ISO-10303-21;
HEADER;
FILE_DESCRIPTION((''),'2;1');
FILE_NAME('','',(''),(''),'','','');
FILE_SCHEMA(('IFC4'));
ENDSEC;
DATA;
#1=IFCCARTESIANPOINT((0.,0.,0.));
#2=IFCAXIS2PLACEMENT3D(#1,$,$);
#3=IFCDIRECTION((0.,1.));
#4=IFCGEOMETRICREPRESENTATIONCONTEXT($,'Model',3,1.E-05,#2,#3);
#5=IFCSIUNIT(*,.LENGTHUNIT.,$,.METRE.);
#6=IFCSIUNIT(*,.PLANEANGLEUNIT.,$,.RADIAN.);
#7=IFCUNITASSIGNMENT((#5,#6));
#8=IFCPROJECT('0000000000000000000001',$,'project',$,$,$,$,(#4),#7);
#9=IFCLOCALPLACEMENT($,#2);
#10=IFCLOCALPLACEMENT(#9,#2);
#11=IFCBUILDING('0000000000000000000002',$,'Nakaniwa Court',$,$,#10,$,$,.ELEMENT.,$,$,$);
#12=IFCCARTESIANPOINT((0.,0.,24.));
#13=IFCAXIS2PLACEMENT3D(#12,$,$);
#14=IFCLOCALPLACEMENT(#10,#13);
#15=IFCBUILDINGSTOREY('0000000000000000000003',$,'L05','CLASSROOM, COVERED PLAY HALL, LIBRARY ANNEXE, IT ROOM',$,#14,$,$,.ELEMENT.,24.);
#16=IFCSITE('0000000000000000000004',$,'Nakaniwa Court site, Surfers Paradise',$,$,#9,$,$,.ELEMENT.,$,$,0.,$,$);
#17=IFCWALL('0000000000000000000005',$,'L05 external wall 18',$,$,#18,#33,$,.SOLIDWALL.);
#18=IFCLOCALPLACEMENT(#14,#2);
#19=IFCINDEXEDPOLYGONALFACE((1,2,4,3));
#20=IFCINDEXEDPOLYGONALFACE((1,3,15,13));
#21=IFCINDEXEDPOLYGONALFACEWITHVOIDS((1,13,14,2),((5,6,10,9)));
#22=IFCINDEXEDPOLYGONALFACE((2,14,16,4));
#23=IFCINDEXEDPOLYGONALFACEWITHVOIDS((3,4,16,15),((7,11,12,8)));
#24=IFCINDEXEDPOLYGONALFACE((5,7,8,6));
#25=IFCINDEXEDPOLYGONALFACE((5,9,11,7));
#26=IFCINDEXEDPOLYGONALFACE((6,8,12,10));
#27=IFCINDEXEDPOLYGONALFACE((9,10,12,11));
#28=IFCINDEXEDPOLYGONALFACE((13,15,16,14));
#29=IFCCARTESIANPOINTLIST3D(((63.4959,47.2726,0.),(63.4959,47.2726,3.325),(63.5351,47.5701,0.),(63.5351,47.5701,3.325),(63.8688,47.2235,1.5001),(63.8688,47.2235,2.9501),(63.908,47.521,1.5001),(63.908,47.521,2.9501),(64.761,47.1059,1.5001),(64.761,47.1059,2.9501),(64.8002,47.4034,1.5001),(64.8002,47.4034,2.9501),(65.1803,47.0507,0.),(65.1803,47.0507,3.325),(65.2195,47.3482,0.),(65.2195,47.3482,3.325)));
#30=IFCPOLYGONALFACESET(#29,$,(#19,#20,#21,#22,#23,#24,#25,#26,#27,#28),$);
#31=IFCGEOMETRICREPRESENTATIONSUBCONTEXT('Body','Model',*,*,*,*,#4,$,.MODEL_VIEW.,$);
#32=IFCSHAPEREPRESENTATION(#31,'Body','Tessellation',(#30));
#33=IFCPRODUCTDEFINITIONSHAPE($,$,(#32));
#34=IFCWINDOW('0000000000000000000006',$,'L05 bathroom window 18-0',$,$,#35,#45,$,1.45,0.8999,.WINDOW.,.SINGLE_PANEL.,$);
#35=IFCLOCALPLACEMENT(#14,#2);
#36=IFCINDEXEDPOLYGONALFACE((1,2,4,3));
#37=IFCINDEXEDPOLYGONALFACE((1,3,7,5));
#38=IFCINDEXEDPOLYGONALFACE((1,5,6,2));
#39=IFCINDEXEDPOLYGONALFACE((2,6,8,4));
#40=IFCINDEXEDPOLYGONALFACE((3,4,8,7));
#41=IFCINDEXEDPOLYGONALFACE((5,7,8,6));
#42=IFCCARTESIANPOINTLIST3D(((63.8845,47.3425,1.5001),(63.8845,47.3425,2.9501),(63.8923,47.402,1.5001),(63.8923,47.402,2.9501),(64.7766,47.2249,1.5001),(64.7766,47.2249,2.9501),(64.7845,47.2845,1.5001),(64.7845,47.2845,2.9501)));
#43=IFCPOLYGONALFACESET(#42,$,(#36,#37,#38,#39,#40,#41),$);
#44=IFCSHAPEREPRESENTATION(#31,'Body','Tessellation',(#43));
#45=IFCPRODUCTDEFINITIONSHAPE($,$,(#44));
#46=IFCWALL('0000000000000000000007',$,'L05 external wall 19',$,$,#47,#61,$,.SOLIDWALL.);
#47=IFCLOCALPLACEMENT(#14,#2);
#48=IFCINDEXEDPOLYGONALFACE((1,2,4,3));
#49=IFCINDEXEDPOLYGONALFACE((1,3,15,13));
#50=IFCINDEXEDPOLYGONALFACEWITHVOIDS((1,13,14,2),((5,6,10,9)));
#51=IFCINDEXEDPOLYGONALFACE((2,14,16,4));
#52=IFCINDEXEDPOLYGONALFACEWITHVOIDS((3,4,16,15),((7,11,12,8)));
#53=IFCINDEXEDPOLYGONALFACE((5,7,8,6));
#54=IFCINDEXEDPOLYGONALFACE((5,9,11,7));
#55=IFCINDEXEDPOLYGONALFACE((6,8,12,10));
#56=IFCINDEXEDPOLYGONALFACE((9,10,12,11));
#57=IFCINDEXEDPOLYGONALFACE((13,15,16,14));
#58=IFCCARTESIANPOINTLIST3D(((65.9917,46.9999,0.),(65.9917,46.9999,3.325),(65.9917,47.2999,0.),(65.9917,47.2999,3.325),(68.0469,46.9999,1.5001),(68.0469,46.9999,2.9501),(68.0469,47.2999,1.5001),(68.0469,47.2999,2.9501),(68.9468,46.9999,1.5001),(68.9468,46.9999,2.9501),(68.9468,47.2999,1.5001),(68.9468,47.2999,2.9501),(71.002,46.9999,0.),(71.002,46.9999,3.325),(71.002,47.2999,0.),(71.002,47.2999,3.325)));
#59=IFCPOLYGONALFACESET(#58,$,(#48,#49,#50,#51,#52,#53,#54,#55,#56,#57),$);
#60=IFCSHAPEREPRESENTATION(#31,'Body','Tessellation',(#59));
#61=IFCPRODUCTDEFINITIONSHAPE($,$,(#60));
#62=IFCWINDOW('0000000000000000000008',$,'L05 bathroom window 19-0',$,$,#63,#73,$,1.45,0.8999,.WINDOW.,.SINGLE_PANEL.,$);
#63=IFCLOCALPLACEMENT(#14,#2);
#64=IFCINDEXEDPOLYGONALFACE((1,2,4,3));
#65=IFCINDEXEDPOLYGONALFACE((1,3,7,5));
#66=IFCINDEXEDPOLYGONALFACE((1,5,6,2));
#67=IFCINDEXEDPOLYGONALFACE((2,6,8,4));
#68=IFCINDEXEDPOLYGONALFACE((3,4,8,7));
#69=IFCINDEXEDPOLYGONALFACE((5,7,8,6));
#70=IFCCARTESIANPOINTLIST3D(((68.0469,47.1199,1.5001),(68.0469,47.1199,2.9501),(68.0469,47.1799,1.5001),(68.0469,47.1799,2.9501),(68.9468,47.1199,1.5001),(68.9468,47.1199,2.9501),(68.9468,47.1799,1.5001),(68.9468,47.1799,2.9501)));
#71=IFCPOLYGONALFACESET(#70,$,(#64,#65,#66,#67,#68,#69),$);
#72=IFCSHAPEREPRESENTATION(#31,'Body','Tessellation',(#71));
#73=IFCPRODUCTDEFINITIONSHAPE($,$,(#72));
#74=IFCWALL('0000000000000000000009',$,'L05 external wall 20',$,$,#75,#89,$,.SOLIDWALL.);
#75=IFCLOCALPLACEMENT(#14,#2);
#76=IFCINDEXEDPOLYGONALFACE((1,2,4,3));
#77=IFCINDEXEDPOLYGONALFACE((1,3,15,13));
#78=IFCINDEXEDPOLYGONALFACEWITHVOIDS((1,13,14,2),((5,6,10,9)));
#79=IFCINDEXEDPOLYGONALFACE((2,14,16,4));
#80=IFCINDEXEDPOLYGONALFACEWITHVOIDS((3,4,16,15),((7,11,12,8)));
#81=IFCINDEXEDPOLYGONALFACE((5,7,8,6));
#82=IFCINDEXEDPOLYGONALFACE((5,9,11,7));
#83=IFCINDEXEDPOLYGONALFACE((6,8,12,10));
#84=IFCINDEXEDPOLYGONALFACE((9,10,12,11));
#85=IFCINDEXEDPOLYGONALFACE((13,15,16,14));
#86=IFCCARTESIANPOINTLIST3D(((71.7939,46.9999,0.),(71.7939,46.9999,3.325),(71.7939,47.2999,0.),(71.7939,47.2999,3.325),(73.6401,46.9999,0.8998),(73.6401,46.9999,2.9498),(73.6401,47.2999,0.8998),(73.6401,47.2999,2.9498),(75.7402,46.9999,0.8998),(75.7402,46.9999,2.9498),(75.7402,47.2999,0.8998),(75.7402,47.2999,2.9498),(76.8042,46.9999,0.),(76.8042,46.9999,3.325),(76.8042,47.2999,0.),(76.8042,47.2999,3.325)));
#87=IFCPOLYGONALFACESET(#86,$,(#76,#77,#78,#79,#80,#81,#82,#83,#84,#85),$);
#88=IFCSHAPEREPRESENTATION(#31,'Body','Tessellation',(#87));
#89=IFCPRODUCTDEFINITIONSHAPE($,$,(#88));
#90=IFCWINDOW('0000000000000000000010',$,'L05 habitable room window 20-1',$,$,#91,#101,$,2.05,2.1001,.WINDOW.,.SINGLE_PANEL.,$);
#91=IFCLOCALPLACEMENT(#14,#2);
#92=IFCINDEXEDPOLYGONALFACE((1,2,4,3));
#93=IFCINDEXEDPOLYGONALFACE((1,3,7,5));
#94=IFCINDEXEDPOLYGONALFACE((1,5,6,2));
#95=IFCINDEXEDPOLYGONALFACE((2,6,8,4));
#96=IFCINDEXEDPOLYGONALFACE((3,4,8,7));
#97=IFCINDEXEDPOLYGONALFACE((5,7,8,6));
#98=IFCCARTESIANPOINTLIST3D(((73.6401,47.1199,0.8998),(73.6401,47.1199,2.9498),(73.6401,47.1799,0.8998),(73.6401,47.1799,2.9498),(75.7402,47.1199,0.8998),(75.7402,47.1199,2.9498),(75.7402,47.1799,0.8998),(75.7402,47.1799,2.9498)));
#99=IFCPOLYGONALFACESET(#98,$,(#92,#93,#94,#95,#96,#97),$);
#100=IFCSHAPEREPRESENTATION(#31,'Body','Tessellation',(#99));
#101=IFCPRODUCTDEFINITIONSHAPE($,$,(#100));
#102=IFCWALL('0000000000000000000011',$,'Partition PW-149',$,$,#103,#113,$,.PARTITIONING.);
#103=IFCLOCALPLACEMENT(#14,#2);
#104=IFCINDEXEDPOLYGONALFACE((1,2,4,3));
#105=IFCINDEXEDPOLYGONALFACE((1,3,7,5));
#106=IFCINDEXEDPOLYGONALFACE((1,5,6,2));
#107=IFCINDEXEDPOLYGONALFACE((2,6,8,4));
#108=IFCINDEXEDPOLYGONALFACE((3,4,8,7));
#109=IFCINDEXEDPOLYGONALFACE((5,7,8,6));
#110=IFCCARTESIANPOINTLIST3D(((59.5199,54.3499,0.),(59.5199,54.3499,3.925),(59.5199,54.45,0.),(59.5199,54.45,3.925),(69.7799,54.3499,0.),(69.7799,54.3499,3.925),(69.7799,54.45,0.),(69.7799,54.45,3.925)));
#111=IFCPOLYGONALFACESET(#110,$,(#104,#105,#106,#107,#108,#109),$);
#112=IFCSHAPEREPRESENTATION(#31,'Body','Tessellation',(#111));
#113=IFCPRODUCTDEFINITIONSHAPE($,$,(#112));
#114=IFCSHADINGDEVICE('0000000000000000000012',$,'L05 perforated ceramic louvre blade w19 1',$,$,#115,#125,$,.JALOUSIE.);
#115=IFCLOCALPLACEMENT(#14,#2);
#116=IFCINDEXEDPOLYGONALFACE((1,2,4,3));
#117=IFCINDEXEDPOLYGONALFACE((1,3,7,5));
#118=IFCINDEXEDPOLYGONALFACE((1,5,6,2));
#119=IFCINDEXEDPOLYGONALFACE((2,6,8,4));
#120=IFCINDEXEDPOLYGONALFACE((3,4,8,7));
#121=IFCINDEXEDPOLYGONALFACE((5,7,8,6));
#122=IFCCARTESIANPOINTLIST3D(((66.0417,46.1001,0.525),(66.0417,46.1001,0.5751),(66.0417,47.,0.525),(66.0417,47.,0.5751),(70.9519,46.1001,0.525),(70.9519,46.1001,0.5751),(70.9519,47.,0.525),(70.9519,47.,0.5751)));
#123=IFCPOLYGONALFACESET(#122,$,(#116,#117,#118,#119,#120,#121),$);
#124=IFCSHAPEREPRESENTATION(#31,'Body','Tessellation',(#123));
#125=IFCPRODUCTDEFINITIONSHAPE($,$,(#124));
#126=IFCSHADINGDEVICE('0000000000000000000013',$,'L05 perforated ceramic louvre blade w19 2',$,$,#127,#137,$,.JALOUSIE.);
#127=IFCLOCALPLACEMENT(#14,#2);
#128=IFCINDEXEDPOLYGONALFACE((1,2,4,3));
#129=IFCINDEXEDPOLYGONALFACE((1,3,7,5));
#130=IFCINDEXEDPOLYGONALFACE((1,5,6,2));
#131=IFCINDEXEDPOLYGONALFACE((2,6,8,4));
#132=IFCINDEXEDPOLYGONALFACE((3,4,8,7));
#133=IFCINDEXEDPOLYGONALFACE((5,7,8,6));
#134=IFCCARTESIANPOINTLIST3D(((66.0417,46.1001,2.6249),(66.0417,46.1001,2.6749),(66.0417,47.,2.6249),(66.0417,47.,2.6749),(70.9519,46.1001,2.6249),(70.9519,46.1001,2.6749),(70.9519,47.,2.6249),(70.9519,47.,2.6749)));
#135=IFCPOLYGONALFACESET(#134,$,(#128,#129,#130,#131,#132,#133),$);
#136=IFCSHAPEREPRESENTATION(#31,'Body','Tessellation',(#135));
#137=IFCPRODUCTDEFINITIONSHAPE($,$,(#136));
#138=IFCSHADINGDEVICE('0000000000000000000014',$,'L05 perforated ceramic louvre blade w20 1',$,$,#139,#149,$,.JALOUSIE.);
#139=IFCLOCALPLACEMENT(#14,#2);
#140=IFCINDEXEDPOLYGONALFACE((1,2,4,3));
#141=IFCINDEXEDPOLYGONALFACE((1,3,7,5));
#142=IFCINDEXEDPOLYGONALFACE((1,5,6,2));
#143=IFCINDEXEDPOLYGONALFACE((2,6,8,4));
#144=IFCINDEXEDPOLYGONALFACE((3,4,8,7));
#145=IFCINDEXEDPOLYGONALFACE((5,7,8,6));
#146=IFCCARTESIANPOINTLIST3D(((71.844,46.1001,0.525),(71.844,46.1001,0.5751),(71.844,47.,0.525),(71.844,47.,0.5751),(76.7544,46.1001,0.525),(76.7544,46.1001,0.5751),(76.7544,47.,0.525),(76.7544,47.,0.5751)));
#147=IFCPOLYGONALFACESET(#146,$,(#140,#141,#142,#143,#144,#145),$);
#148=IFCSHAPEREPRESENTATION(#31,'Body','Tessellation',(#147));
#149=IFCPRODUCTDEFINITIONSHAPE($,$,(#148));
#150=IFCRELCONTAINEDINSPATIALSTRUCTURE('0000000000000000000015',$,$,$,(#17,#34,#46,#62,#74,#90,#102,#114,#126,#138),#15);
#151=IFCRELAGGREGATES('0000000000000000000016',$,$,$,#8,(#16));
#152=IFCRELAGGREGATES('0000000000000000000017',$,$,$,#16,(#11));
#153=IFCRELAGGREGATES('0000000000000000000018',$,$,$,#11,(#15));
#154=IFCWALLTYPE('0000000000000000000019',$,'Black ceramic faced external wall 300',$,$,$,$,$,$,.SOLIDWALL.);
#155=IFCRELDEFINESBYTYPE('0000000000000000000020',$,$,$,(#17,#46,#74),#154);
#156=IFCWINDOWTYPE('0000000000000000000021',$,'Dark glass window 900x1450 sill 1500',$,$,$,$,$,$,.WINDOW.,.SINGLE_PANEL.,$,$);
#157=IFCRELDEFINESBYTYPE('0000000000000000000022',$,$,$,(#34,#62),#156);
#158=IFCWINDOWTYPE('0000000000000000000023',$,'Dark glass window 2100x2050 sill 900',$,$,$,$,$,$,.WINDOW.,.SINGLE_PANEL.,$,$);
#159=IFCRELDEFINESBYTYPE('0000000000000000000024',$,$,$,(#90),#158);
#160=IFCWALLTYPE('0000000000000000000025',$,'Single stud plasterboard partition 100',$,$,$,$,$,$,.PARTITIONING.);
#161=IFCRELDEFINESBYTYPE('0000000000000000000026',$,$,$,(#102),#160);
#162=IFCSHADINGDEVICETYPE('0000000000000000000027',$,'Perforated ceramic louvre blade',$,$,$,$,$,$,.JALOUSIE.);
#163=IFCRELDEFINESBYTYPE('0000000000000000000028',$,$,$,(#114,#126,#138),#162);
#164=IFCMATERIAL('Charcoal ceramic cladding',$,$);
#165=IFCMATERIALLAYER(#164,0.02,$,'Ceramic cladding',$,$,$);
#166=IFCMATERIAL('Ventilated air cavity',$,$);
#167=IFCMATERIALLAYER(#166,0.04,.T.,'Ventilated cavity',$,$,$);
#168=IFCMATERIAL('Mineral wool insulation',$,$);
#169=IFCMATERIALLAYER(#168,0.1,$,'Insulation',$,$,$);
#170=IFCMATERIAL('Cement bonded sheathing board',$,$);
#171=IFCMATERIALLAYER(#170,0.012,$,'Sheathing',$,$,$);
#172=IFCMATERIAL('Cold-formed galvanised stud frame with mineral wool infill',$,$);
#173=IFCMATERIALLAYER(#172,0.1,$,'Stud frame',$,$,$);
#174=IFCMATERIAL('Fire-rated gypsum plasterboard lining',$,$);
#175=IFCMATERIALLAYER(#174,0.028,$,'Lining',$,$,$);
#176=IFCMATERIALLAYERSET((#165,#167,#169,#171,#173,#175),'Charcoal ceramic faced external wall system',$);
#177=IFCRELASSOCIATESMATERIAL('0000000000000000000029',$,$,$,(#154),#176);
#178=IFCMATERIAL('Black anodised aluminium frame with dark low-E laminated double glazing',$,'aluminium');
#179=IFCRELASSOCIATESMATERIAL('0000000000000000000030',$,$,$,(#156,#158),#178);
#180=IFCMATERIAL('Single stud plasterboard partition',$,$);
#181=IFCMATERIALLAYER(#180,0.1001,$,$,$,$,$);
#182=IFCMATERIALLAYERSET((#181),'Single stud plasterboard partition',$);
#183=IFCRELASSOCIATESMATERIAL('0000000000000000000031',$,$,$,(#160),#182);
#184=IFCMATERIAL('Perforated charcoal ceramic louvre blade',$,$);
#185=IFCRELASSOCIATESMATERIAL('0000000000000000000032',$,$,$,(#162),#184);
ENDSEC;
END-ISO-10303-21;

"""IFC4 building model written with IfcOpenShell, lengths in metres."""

from ifc_helpers import new_model, si_unit, direction, frame, frame_2d, origin, origin_2d, place, context, subcontext, project, spatial, rectangle, extrude, material, layer, layer_set, material_profile, profile_set, type_object, element, fill, save


model = new_model("IFC4")

# Units and contexts
model_context = context("Model", 3, precision=1e-05, world=origin(), true_north=direction((0.0, 1.0)))
body_context = subcontext(model_context, "Body", "Model", "MODEL_VIEW")
ifc_project = project(units=[si_unit("LENGTHUNIT", "METRE"), si_unit("PLANEANGLEUNIT", "RADIAN")], contexts=[model_context])

# Site, building, storey
site_placement = place(None, origin())
site = spatial("IfcSite", under=ifc_project, at=site_placement, Name="Nakaniwa Court site, Surfers Paradise", CompositionType="ELEMENT", RefElevation=0.0)
building_placement = place(site_placement, origin())
building = spatial("IfcBuilding", under=site, at=building_placement, Name="Nakaniwa Court", CompositionType="ELEMENT")
storey_placement = place(building_placement, frame((0.0, 0.0, 24.0)))
storey = spatial("IfcBuildingStorey", under=building, at=storey_placement, Name="L05", Description="CLASSROOM, COVERED PLAY HALL, LIBRARY ANNEXE, IT ROOM", CompositionType="ELEMENT", Elevation=24.0)

# Walls, openings, windows
ifc_material_1 = material(Name="Charcoal ceramic cladding")
ifc_layer_1 = layer(ifc_material_1, 0.02, Name="Ceramic cladding")
ifc_material_2 = material(Name="Ventilated air cavity")
ifc_layer_2 = layer(ifc_material_2, 0.04, ventilated=True, Name="Ventilated cavity")
ifc_material_3 = material(Name="Mineral wool insulation")
ifc_layer_3 = layer(ifc_material_3, 0.1, Name="Insulation")
ifc_material_4 = material(Name="Cement bonded sheathing board")
ifc_layer_4 = layer(ifc_material_4, 0.012, Name="Sheathing")
ifc_material_5 = material(Name="Cold-formed galvanised stud frame with mineral wool infill")
ifc_layer_5 = layer(ifc_material_5, 0.1, Name="Stud frame")
ifc_material_6 = material(Name="Fire-rated gypsum plasterboard lining")
ifc_layer_6 = layer(ifc_material_6, 0.028, Name="Lining")
ifc_layer_set_1 = layer_set([ifc_layer_1, ifc_layer_2, ifc_layer_3, ifc_layer_4, ifc_layer_5, ifc_layer_6], Name="Charcoal ceramic faced external wall system")
wall_type_1 = type_object("IfcWallType", Name="Black ceramic faced external wall 300", PredefinedType="SOLIDWALL", material=ifc_layer_set_1)
ifc_material_7 = material(Name="Black anodised aluminium frame with dark low-E laminated double glazing", Category="aluminium")
window_type_1 = type_object("IfcWindowType", Name="Dark glass window 900x1450 sill 1500", PartitioningType="SINGLE_PANEL", PredefinedType="WINDOW", material=ifc_material_7)
wall_1_placement = place(storey_placement, frame((63.5154, 47.4214, 0.0), z_axis=(0.0, 0.0, 1.0), x_axis=(0.991431, -0.130629, 0.0)))
wall_1 = element("IfcWall", 1, at=wall_1_placement, inside=storey, type_object=wall_type_1, Name="L05 external wall 18", PredefinedType="SOLIDWALL", context=body_context, shape_type="SweptSolid", body=[
    extrude(rectangle(XDim=1.699, YDim=0.3, at=frame_2d((0.8496, 0.0))), origin(), (0.0, 0.0, 1.0), 3.325),
])
opening_1_placement = place(wall_1_placement, frame((0.3762, 0.0, 1.5)))
opening_1 = element("IfcOpeningElement", 2, at=opening_1_placement, cuts=wall_1, PredefinedType="OPENING", context=body_context, shape_type="SweptSolid", body=[
    extrude(rectangle(XDim=0.8999, YDim=1.45, at=frame_2d((0.45, 0.7251))), frame((0.0, 0.1599, 0.0), z_axis=(0.0, -1.0, 0.0), x_axis=(1.0, 0.0, 0.0)), (0.0, 0.0, 1.0), 0.3201),
])
window_1_placement = place(opening_1_placement, origin())
window_1 = element("IfcWindow", 3, at=window_1_placement, inside=storey, type_object=window_type_1, Name="L05 bathroom window 18-0", OverallHeight=1.45, OverallWidth=0.8999, PartitioningType="SINGLE_PANEL", PredefinedType="WINDOW", context=body_context, shape_type="SweptSolid", body=[
    extrude(rectangle(XDim=0.8999, YDim=1.45, at=frame_2d((0.45, 0.7251))), frame((0.0, 0.03, 0.0), z_axis=(0.0, -1.0, 0.0), x_axis=(1.0, 0.0, 0.0)), (0.0, 0.0, 1.0), 0.0601),
])
fill(opening_1, window_1)
wall_2_placement = place(storey_placement, frame((65.9917, 47.1499, 0.0), z_axis=(0.0, 0.0, 1.0), x_axis=(1.0, 0.0, 0.0)))
wall_2 = element("IfcWall", 4, at=wall_2_placement, inside=storey, type_object=wall_type_1, Name="L05 external wall 19", PredefinedType="SOLIDWALL", context=body_context, shape_type="SweptSolid", body=[
    extrude(rectangle(XDim=5.0103, YDim=0.3, at=frame_2d((2.5051, 0.0))), origin(), (0.0, 0.0, 1.0), 3.325),
])
opening_2_placement = place(wall_2_placement, frame((2.0552, 0.0, 1.5)))
opening_2 = element("IfcOpeningElement", 5, at=opening_2_placement, cuts=wall_2, PredefinedType="OPENING", context=body_context, shape_type="SweptSolid", body=[
    extrude(rectangle(XDim=0.8999, YDim=1.45, at=frame_2d((0.45, 0.7251))), frame((0.0, 0.1599, 0.0), z_axis=(0.0, -1.0, 0.0), x_axis=(1.0, 0.0, 0.0)), (0.0, 0.0, 1.0), 0.3201),
])
window_2_placement = place(opening_2_placement, origin())
window_2 = element("IfcWindow", 6, at=window_2_placement, inside=storey, type_object=window_type_1, Name="L05 bathroom window 19-0", OverallHeight=1.45, OverallWidth=0.8999, PartitioningType="SINGLE_PANEL", PredefinedType="WINDOW", context=body_context, shape_type="SweptSolid", body=[
    extrude(rectangle(XDim=0.8999, YDim=1.45, at=frame_2d((0.45, 0.7251))), frame((0.0, 0.03, 0.0), z_axis=(0.0, -1.0, 0.0), x_axis=(1.0, 0.0, 0.0)), (0.0, 0.0, 1.0), 0.0601),
])
fill(opening_2, window_2)
wall_3_placement = place(storey_placement, frame((71.7939, 47.1499, 0.0), z_axis=(0.0, 0.0, 1.0), x_axis=(1.0, 0.0, 0.0)))
wall_3 = element("IfcWall", 7, at=wall_3_placement, inside=storey, type_object=wall_type_1, Name="L05 external wall 20", PredefinedType="SOLIDWALL", context=body_context, shape_type="SweptSolid", body=[
    extrude(rectangle(XDim=5.0103, YDim=0.3, at=frame_2d((2.5051, 0.0))), origin(), (0.0, 0.0, 1.0), 3.325),
])
opening_3_placement = place(wall_3_placement, frame((1.8462, 0.0, 0.8999)))
opening_3 = element("IfcOpeningElement", 8, at=opening_3_placement, cuts=wall_3, PredefinedType="OPENING", context=body_context, shape_type="SweptSolid", body=[
    extrude(rectangle(XDim=2.1001, YDim=2.05, at=frame_2d((1.05, 1.0249))), frame((0.0, 0.1599, 0.0), z_axis=(0.0, -1.0, 0.0), x_axis=(1.0, 0.0, 0.0)), (0.0, 0.0, 1.0), 0.3201),
])
window_type_2 = type_object("IfcWindowType", Name="Dark glass window 2100x2050 sill 900", PartitioningType="SINGLE_PANEL", PredefinedType="WINDOW", material=ifc_material_7)
window_3_placement = place(opening_3_placement, origin())
window_3 = element("IfcWindow", 9, at=window_3_placement, inside=storey, type_object=window_type_2, Name="L05 habitable room window 20-1", OverallHeight=2.05, OverallWidth=2.1001, PartitioningType="SINGLE_PANEL", PredefinedType="WINDOW", context=body_context, shape_type="SweptSolid", body=[
    extrude(rectangle(XDim=2.1001, YDim=2.05, at=frame_2d((1.05, 1.0249))), frame((0.0, 0.03, 0.0), z_axis=(0.0, -1.0, 0.0), x_axis=(1.0, 0.0, 0.0)), (0.0, 0.0, 1.0), 0.0601),
])
fill(opening_3, window_3)

# Wall
ifc_material_8 = material(Name="Single stud plasterboard partition")
ifc_layer_7 = layer(ifc_material_8, 0.1001)
ifc_layer_set_2 = layer_set([ifc_layer_7], Name="Single stud plasterboard partition")
wall_type_2 = type_object("IfcWallType", Name="Single stud plasterboard partition 100", PredefinedType="PARTITIONING", material=ifc_layer_set_2)
wall_4_placement = place(storey_placement, frame((59.52, 54.3999, 0.0), z_axis=(0.0, 0.0, 1.0), x_axis=(1.0, 0.0, 0.0)))
element("IfcWall", 10, at=wall_4_placement, inside=storey, type_object=wall_type_2, Name="Partition PW-149", PredefinedType="PARTITIONING", context=body_context, shape_type="SweptSolid", body=[
    extrude(rectangle(XDim=10.26, YDim=0.1001, at=frame_2d((5.1299, 0.0))), origin(), (0.0, 0.0, 1.0), 3.925),
])

# Shading devices
ifc_material_9 = material(Name="Perforated charcoal ceramic louvre blade")
ifc_material_profile_1 = material_profile(ifc_material_9, rectangle(XDim=0.8999, YDim=0.05, at=origin_2d()), Name="Perforated ceramic louvre blade")
ifc_profile_set_1 = profile_set([ifc_material_profile_1], Name="Perforated charcoal ceramic louvre blade")
shading_device_type = type_object("IfcShadingDeviceType", Name="Perforated ceramic louvre blade", PredefinedType="JALOUSIE", material=ifc_profile_set_1)
for number, where, z_axis, x_axis, name in (
    (11, (66.0417, 46.55, 0.55), (1.0, 0.0, 0.0), (0.0, 1.0, 0.0), "L05 perforated ceramic louvre blade w19 1"),
    (12, (66.0417, 46.55, 2.6499), (1.0, 0.0, 0.0), (0.0, 1.0, 0.0), "L05 perforated ceramic louvre blade w19 2"),
):
    element("IfcShadingDevice", number, at=place(storey_placement, frame(where, z_axis=z_axis, x_axis=x_axis)), inside=storey, type_object=shading_device_type, Name=name, PredefinedType="JALOUSIE", context=body_context, shape_type="SweptSolid", body=[
        extrude(rectangle(XDim=0.8999, YDim=0.05, at=origin_2d()), origin(), (0.0, 0.0, 1.0), 4.9102),
    ])
shading_device_placement = place(storey_placement, frame((71.844, 46.55, 0.55), z_axis=(1.0, 0.0, 0.0), x_axis=(0.0, 1.0, 0.0)))
element("IfcShadingDevice", 13, at=shading_device_placement, inside=storey, type_object=shading_device_type, Name="L05 perforated ceramic louvre blade w20 1", PredefinedType="JALOUSIE", context=body_context, shape_type="SweptSolid", body=[
    extrude(rectangle(XDim=0.8999, YDim=0.05, at=origin_2d()), origin(), (0.0, 0.0, 1.0), 4.9104),
])

save(model, "model.ifc")
